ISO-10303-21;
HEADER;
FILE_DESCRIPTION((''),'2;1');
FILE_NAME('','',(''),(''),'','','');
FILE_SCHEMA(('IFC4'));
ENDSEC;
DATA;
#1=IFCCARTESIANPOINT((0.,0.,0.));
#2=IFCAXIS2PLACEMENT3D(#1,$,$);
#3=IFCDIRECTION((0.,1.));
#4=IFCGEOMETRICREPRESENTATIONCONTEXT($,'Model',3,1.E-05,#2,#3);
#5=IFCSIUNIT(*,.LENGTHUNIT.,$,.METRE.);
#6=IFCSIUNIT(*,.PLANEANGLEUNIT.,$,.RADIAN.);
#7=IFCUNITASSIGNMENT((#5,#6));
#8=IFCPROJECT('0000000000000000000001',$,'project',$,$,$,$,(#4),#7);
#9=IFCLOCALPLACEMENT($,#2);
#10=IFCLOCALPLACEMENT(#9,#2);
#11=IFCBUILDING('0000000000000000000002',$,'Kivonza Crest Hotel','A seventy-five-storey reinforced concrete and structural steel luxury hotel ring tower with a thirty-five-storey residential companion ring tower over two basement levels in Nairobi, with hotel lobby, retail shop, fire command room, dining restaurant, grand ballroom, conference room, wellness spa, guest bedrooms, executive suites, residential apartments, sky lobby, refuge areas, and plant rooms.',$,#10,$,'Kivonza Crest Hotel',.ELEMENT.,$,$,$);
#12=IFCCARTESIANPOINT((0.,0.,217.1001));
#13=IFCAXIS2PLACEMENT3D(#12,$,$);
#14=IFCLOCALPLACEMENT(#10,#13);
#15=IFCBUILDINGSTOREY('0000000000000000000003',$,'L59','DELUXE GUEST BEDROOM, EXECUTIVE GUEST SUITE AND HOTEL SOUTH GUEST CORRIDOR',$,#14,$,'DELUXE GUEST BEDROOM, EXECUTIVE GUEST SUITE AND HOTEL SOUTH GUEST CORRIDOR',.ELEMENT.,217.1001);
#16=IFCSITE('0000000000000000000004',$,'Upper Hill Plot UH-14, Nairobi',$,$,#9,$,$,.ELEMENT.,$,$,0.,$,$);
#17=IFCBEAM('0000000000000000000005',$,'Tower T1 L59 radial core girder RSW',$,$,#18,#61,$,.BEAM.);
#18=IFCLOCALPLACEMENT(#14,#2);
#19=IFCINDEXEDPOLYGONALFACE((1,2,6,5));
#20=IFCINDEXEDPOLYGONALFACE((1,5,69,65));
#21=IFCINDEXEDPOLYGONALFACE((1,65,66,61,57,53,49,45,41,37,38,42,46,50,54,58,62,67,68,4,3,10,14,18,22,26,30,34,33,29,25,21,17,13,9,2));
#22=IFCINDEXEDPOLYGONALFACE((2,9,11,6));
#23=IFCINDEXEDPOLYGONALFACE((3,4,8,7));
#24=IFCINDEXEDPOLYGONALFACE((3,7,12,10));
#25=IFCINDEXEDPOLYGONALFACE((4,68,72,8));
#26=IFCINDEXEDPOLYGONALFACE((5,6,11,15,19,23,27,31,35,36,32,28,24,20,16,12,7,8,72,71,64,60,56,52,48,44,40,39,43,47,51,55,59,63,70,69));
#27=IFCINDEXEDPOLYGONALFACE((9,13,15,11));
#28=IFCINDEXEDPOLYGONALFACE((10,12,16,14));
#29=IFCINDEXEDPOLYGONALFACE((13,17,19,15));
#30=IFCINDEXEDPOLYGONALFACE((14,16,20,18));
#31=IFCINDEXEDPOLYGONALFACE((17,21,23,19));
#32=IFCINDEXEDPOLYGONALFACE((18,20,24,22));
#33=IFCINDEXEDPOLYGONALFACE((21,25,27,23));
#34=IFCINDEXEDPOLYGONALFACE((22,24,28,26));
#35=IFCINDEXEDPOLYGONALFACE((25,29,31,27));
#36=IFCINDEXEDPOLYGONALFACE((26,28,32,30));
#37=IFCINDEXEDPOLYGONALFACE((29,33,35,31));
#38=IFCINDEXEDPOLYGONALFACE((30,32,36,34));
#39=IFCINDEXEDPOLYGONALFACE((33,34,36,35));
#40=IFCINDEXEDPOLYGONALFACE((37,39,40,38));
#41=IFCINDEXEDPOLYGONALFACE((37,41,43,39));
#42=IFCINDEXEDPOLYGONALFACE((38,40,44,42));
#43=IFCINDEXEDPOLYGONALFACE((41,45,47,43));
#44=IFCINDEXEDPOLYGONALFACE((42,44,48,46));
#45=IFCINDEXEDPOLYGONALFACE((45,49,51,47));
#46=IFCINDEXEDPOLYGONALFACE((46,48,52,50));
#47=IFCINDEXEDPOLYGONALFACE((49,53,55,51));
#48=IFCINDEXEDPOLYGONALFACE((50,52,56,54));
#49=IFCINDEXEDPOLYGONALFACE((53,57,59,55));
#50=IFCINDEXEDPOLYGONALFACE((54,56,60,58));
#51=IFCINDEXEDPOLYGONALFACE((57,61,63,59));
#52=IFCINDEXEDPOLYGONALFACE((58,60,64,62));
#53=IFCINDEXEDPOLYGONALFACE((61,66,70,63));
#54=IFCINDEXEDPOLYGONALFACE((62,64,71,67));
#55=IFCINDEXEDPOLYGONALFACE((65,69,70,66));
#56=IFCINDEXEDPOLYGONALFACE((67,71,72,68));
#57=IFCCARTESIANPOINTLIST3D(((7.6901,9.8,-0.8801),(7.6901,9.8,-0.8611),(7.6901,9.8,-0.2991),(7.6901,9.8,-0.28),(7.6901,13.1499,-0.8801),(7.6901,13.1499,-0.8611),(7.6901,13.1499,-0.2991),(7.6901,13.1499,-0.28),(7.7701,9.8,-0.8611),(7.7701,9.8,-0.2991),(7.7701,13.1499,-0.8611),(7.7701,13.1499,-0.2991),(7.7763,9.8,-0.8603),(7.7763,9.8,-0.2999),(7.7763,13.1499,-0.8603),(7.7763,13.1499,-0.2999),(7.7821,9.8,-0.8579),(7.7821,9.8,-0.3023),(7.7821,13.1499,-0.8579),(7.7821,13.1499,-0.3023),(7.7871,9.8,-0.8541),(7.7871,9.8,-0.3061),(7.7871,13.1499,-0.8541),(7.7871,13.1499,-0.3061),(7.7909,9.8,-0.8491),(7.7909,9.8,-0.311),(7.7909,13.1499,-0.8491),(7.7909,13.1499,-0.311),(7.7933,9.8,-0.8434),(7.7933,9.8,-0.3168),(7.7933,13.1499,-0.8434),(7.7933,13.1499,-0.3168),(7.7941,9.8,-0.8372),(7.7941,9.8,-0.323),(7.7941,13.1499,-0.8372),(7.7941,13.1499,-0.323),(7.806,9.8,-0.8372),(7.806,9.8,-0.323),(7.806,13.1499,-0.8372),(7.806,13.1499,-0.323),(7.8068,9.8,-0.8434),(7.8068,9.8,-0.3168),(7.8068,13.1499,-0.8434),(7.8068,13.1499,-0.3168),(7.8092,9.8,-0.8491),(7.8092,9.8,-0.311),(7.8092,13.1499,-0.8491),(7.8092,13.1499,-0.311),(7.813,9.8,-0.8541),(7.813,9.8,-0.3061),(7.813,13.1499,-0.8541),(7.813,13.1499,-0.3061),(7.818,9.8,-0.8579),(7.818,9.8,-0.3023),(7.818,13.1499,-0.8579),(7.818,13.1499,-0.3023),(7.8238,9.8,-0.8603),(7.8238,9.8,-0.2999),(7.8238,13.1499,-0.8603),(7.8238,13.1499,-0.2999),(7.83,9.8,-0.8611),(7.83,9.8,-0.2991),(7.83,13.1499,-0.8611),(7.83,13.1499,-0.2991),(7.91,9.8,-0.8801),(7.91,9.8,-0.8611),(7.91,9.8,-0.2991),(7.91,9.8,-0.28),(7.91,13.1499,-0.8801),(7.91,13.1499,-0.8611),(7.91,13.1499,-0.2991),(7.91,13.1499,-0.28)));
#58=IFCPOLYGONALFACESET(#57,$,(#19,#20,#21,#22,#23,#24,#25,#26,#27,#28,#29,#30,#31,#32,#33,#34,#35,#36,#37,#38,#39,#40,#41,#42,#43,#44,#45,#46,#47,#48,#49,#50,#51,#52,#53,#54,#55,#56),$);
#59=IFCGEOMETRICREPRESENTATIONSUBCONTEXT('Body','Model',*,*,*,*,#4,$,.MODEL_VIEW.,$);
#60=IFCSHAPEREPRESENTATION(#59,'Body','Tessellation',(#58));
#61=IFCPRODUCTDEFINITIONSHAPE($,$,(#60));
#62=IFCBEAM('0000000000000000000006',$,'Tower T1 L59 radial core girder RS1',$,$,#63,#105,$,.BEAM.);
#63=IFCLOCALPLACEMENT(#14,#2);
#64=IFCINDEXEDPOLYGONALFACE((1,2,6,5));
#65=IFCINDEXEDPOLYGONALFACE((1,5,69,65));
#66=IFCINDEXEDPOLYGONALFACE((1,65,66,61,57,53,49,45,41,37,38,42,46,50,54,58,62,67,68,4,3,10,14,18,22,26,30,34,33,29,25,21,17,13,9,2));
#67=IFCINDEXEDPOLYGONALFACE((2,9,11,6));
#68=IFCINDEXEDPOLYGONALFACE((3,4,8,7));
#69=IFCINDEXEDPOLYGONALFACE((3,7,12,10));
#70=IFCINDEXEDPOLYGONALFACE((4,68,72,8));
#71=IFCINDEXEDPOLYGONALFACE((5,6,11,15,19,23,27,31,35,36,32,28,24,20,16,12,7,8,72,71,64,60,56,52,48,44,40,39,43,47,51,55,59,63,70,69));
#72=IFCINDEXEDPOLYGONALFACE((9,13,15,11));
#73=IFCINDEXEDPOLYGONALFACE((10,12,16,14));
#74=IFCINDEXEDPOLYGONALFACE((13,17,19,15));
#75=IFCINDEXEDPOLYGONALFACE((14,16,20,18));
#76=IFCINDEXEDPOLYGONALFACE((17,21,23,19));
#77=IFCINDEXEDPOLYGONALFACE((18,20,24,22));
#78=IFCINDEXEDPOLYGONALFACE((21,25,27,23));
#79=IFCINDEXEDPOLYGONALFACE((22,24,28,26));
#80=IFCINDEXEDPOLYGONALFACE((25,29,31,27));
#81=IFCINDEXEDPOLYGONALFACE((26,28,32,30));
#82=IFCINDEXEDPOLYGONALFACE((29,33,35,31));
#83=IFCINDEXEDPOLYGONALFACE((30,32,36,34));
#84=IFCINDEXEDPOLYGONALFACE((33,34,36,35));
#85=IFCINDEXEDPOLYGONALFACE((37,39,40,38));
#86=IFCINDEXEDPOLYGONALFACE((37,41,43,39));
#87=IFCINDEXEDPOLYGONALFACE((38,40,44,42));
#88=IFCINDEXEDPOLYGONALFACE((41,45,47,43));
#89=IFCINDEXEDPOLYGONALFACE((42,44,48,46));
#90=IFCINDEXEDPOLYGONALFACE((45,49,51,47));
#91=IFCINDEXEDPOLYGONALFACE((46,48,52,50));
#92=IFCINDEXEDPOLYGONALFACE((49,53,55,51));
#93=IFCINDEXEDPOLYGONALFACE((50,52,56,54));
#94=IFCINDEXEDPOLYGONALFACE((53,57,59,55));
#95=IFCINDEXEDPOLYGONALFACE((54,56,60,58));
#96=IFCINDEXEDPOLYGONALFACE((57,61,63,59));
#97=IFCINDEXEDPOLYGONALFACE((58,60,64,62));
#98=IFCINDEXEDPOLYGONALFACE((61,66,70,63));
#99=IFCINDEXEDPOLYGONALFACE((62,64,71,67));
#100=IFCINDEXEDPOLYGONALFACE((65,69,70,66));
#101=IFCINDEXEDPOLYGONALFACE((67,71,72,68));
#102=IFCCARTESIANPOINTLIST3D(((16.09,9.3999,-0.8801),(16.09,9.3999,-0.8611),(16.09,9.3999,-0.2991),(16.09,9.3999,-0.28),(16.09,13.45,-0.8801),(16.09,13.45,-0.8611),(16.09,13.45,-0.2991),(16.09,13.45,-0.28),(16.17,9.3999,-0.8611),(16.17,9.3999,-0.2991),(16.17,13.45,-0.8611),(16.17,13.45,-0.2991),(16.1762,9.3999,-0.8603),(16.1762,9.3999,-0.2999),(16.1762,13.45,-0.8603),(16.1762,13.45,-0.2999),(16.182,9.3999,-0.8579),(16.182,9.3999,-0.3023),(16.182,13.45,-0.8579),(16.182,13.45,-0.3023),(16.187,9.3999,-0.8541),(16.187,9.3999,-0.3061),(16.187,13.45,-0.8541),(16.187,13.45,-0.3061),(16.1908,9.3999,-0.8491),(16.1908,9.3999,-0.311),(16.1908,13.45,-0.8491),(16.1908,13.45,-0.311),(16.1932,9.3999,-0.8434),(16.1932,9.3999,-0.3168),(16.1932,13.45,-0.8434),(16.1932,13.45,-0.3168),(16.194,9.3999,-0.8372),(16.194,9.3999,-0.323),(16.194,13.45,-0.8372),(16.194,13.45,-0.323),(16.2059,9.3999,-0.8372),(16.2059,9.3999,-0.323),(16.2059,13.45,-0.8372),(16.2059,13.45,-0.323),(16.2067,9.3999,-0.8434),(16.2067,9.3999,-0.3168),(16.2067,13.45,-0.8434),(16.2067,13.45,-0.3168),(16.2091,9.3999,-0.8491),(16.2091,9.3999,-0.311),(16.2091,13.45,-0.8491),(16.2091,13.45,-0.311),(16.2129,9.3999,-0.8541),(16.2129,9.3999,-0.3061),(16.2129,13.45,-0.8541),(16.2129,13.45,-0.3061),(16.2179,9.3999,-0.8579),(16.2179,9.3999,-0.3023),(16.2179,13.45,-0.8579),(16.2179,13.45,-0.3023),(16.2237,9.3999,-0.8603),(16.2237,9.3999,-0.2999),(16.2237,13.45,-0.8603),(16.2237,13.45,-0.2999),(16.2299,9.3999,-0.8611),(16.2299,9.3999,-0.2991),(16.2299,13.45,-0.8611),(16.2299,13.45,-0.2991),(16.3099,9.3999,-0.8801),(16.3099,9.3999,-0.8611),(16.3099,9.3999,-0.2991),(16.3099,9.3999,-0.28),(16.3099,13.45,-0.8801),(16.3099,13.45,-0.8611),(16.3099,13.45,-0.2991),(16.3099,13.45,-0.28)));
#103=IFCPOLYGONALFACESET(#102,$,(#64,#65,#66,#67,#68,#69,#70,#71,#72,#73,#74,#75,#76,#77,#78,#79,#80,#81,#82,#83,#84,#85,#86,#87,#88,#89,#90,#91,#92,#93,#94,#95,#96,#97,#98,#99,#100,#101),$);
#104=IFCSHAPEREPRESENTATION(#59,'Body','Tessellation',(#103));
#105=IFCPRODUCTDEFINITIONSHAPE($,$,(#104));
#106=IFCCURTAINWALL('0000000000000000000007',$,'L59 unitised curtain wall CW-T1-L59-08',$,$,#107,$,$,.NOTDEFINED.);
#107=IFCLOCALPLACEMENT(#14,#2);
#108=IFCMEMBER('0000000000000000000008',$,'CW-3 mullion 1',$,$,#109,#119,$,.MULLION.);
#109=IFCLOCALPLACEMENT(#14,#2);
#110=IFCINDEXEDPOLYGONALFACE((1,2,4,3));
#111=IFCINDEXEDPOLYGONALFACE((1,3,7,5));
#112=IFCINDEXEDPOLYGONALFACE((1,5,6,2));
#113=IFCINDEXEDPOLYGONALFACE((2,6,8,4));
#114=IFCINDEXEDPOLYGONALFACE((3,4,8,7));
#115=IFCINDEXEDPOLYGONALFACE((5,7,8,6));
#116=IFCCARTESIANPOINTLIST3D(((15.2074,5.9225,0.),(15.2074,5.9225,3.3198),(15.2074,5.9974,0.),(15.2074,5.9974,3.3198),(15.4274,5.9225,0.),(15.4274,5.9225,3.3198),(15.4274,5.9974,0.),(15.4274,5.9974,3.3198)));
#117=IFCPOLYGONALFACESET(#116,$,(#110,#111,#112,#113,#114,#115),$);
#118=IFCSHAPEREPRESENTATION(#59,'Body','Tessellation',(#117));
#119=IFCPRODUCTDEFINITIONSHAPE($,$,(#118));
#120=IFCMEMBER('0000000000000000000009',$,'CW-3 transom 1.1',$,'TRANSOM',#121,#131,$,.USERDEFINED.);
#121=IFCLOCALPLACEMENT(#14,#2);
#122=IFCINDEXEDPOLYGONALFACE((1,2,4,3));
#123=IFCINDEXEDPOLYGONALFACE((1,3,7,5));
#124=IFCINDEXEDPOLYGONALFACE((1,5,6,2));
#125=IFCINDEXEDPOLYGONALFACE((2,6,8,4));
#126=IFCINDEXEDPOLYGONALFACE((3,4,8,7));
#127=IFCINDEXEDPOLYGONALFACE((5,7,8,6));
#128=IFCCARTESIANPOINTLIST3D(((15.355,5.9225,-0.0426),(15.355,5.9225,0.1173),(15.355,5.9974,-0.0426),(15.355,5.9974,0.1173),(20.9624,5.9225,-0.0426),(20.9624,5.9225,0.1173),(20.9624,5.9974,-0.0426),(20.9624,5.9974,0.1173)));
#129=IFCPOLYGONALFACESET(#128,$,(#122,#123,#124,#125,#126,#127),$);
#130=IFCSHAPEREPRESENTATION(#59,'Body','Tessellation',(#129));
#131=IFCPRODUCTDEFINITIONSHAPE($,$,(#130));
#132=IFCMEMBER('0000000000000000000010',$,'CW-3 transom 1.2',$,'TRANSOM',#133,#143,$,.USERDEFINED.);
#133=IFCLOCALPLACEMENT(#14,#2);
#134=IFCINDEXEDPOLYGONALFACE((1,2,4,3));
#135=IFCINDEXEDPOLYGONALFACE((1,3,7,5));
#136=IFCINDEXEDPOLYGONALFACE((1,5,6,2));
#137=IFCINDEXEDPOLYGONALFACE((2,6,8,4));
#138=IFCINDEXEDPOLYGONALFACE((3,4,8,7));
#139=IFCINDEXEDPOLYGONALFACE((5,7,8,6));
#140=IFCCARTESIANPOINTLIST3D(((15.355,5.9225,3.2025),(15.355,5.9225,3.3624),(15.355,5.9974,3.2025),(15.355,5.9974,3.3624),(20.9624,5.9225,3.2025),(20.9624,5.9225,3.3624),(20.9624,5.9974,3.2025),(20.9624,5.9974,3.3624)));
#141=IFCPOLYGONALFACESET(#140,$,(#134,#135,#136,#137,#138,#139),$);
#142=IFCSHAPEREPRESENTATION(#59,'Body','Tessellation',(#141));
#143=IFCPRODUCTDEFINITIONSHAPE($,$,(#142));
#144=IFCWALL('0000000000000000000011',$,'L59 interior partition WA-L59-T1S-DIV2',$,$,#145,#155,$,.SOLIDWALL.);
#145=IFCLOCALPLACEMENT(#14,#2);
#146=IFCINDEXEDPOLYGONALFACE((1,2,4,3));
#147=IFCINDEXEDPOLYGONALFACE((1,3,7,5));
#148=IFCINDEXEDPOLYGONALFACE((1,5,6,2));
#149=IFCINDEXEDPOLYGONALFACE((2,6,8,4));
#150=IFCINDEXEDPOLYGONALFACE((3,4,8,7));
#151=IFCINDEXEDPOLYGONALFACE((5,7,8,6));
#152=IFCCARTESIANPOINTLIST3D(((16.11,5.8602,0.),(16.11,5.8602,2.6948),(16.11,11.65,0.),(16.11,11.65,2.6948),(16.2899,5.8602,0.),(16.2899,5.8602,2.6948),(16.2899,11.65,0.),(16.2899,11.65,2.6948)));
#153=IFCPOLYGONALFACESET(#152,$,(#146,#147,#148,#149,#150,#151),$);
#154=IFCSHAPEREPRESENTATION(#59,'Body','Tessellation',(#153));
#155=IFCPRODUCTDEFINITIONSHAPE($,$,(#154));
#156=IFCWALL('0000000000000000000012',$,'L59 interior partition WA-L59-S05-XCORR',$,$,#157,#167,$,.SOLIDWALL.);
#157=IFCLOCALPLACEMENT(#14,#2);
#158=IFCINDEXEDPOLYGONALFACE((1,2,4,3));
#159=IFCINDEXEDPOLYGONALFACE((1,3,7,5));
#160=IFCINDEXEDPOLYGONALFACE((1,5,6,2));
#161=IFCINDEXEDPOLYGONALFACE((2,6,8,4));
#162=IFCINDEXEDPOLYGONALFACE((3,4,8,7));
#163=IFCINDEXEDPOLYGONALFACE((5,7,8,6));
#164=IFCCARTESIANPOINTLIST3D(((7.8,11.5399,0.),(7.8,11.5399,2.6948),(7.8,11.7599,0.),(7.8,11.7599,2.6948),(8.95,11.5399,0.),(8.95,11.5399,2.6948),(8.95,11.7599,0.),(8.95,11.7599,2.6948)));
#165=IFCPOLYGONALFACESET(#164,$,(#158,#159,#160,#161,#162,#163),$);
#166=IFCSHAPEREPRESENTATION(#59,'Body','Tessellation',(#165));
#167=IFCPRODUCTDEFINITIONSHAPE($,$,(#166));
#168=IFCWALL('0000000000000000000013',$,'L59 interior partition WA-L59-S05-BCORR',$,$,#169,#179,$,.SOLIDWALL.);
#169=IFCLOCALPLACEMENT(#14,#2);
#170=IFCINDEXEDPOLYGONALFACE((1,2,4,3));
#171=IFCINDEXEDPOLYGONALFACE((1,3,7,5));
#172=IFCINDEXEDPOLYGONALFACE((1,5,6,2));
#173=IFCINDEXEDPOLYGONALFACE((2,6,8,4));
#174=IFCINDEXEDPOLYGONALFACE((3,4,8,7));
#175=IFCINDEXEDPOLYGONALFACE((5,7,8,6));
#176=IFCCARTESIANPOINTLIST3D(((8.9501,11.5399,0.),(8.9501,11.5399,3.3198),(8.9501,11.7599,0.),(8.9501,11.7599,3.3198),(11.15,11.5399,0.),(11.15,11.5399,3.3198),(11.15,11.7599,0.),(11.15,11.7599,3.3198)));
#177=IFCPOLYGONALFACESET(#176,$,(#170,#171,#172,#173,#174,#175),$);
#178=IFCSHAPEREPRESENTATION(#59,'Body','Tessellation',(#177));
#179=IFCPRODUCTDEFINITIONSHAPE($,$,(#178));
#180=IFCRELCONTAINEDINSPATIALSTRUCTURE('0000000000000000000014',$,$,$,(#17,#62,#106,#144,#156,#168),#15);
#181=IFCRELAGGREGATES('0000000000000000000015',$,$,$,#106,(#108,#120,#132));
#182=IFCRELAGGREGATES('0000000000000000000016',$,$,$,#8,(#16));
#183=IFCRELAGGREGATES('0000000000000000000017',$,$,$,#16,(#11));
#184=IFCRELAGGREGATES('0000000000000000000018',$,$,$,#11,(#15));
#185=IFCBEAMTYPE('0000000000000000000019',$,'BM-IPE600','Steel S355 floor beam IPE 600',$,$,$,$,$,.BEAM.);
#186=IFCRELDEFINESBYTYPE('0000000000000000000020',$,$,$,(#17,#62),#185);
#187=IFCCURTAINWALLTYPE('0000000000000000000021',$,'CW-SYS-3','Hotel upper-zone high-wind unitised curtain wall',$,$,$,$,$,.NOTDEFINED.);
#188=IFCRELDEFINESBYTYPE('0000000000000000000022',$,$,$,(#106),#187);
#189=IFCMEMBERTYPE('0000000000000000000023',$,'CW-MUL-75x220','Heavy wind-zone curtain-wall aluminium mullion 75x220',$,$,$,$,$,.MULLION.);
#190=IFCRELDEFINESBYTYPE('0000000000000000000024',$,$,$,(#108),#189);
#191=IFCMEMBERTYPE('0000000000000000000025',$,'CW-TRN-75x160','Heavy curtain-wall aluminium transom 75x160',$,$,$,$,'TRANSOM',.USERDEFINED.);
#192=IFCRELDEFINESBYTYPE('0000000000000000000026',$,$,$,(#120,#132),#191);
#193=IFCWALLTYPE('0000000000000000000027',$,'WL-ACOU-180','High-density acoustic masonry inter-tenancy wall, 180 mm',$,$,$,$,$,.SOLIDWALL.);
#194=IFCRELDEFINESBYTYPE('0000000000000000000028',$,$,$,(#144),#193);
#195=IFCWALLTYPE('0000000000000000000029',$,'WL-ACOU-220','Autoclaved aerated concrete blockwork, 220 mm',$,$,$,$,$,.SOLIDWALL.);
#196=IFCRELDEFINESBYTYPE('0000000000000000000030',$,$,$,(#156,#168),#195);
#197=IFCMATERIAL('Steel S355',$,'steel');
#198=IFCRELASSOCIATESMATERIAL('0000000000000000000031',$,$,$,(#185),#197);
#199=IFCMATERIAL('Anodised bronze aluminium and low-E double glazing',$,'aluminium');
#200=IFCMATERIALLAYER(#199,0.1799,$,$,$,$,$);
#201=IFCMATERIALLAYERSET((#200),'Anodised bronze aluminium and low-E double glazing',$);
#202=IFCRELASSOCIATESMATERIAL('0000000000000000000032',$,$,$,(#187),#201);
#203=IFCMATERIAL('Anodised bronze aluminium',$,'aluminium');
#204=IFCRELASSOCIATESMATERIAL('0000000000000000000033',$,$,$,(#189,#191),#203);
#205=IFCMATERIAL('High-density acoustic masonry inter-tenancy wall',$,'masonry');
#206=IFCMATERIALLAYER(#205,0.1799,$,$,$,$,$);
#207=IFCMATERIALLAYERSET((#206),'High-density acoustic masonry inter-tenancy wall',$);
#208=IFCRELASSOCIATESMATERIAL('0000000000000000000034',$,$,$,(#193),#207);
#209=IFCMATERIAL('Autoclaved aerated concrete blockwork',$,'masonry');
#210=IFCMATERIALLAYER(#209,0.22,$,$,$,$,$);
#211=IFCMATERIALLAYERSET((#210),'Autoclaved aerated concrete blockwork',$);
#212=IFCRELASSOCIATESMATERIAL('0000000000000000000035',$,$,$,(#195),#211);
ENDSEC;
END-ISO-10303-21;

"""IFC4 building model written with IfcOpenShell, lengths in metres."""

from ifc_helpers import new_model, si_unit, direction, frame, frame_2d, origin, origin_2d, place, context, subcontext, project, spatial, rectangle, i_section, extrude, material, layer, layer_set, material_profile, profile_set, type_object, element, aggregate, save


model = new_model("IFC4")

# Units and contexts
model_context = context("Model", 3, precision=1e-05, world=origin(), true_north=direction((0.0, 1.0)))
body_context = subcontext(model_context, "Body", "Model", "MODEL_VIEW")
ifc_project = project(units=[si_unit("LENGTHUNIT", "METRE"), si_unit("PLANEANGLEUNIT", "RADIAN")], contexts=[model_context])

# Site, building, storey
site_placement = place(None, origin())
site = spatial("IfcSite", under=ifc_project, at=site_placement, Name="Upper Hill Plot UH-14, Nairobi", CompositionType="ELEMENT", RefElevation=0.0)
building_placement = place(site_placement, origin())
building = spatial("IfcBuilding", under=site, at=building_placement, Name="Kivonza Crest Hotel", Description="A seventy-five-storey reinforced concrete and structural steel luxury hotel ring tower with a thirty-five-storey residential companion ring tower over two basement levels in Nairobi, with hotel lobby, retail shop, fire command room, dining restaurant, grand ballroom, conference room, wellness spa, guest bedrooms, executive suites, residential apartments, sky lobby, refuge areas, and plant rooms.", LongName="Kivonza Crest Hotel", CompositionType="ELEMENT")
storey_placement = place(building_placement, frame((0.0, 0.0, 217.1001)))
storey = spatial("IfcBuildingStorey", under=building, at=storey_placement, Name="L59", Description="DELUXE GUEST BEDROOM, EXECUTIVE GUEST SUITE AND HOTEL SOUTH GUEST CORRIDOR", LongName="DELUXE GUEST BEDROOM, EXECUTIVE GUEST SUITE AND HOTEL SOUTH GUEST CORRIDOR", CompositionType="ELEMENT", Elevation=217.1001)

# Beams
ifc_material_1 = material(Name="Steel S355", Category="steel")
ifc_material_profile_1 = material_profile(ifc_material_1, i_section(OverallWidth=0.22, OverallDepth=0.6001, WebThickness=0.012, FlangeThickness=0.019, FilletRadius=0.0239, at=origin_2d()), Name="IPE 600")
ifc_profile_set_1 = profile_set([ifc_material_profile_1], Name="Steel S355")
beam_type_1 = type_object("IfcBeamType", Name="BM-IPE600", Description="Steel S355 floor beam IPE 600", PredefinedType="BEAM", material=ifc_profile_set_1)
beam_1_placement = place(storey_placement, frame((7.8, 9.8, -0.5801), z_axis=(0.0, 1.0, 0.0), x_axis=(-1.0, 0.0, 0.0)))
element("IfcBeam", 1, at=beam_1_placement, inside=storey, type_object=beam_type_1, Name="Tower T1 L59 radial core girder RSW", PredefinedType="BEAM", context=body_context, shape_type="SweptSolid", body=[
    extrude(i_section(OverallWidth=0.22, OverallDepth=0.6001, WebThickness=0.012, FlangeThickness=0.019, FilletRadius=0.0239, at=origin_2d()), origin(), (0.0, 0.0, 1.0), 3.3499),
])
beam_2_placement = place(storey_placement, frame((16.2, 9.3999, -0.5801), z_axis=(0.0, 1.0, 0.0), x_axis=(-1.0, 0.0, 0.0)))
element("IfcBeam", 2, at=beam_2_placement, inside=storey, type_object=beam_type_1, Name="Tower T1 L59 radial core girder RS1", PredefinedType="BEAM", context=body_context, shape_type="SweptSolid", body=[
    extrude(i_section(OverallWidth=0.22, OverallDepth=0.6001, WebThickness=0.012, FlangeThickness=0.019, FilletRadius=0.0239, at=origin_2d()), origin(), (0.0, 0.0, 1.0), 4.05),
])

# Curtain wall, members
ifc_material_2 = material(Name="Anodised bronze aluminium and low-E double glazing", Category="aluminium")
ifc_layer_1 = layer(ifc_material_2, 0.1799)
ifc_layer_set_1 = layer_set([ifc_layer_1], Name="Anodised bronze aluminium and low-E double glazing")
curtain_wall_type = type_object("IfcCurtainWallType", Name="CW-SYS-3", Description="Hotel upper-zone high-wind unitised curtain wall", PredefinedType="NOTDEFINED", material=ifc_layer_set_1)
curtain_wall_placement = place(storey_placement, origin())
curtain_wall = element("IfcCurtainWall", 3, at=curtain_wall_placement, inside=storey, type_object=curtain_wall_type, Name="L59 unitised curtain wall CW-T1-L59-08", PredefinedType="NOTDEFINED")
ifc_material_3 = material(Name="Anodised bronze aluminium", Category="aluminium")
ifc_material_profile_2 = material_profile(ifc_material_3, rectangle(XDim=0.075, YDim=0.22, at=origin_2d()), Name="CW-M 75x220")
ifc_profile_set_2 = profile_set([ifc_material_profile_2], Name="Anodised bronze aluminium")
member_type_1 = type_object("IfcMemberType", Name="CW-MUL-75x220", Description="Heavy wind-zone curtain-wall aluminium mullion 75x220", PredefinedType="MULLION", material=ifc_profile_set_2)
member_1_placement = place(storey_placement, frame((15.3174, 5.96, 0.0), z_axis=(0.0, 0.0, 1.0), x_axis=(0.0, 1.0, 0.0)))
member_1 = element("IfcMember", 4, at=member_1_placement, type_object=member_type_1, Name="CW-3 mullion 1", PredefinedType="MULLION", context=body_context, shape_type="SweptSolid", body=[
    extrude(rectangle(XDim=0.075, YDim=0.22, at=origin_2d()), origin(), (0.0, 0.0, 1.0), 3.3198),
])
ifc_material_profile_3 = material_profile(ifc_material_3, rectangle(XDim=0.075, YDim=0.1599, at=origin_2d()), Name="CW-T 75x160")
ifc_profile_set_3 = profile_set([ifc_material_profile_3], Name="Anodised bronze aluminium")
member_type_2 = type_object("IfcMemberType", Name="CW-TRN-75x160", Description="Heavy curtain-wall aluminium transom 75x160", ElementType="TRANSOM", PredefinedType="USERDEFINED", material=ifc_profile_set_3)
member_2_placement = place(storey_placement, frame((15.355, 5.96, 0.0374), z_axis=(1.0, 0.0, 0.0), x_axis=(0.0, 1.0, 0.0)))
member_2 = element("IfcMember", 5, at=member_2_placement, type_object=member_type_2, Name="CW-3 transom 1.1", ObjectType="TRANSOM", PredefinedType="USERDEFINED", context=body_context, shape_type="SweptSolid", body=[
    extrude(rectangle(XDim=0.075, YDim=0.1599, at=origin_2d()), origin(), (0.0, 0.0, 1.0), 5.6074),
])
member_3_placement = place(storey_placement, frame((15.355, 5.96, 3.2825), z_axis=(1.0, 0.0, 0.0), x_axis=(0.0, 1.0, 0.0)))
member_3 = element("IfcMember", 6, at=member_3_placement, type_object=member_type_2, Name="CW-3 transom 1.2", ObjectType="TRANSOM", PredefinedType="USERDEFINED", context=body_context, shape_type="SweptSolid", body=[
    extrude(rectangle(XDim=0.075, YDim=0.1599, at=origin_2d()), origin(), (0.0, 0.0, 1.0), 5.6074),
])
aggregate(curtain_wall, [member_1, member_2, member_3])

# Walls
ifc_material_4 = material(Name="High-density acoustic masonry inter-tenancy wall", Category="masonry")
ifc_layer_2 = layer(ifc_material_4, 0.1799)
ifc_layer_set_2 = layer_set([ifc_layer_2], Name="High-density acoustic masonry inter-tenancy wall")
wall_type_1 = type_object("IfcWallType", Name="WL-ACOU-180", Description="High-density acoustic masonry inter-tenancy wall, 180 mm", PredefinedType="SOLIDWALL", material=ifc_layer_set_2)
wall_1_placement = place(storey_placement, frame((16.2, 5.8601, 0.0), z_axis=(0.0, 0.0, 1.0), x_axis=(0.0, 1.0, 0.0)))
element("IfcWall", 7, at=wall_1_placement, inside=storey, type_object=wall_type_1, Name="L59 interior partition WA-L59-T1S-DIV2", PredefinedType="SOLIDWALL", context=body_context, shape_type="SweptSolid", body=[
    extrude(rectangle(XDim=5.7898, YDim=0.1799, at=frame_2d((2.895, 0.0))), origin(), (0.0, 0.0, 1.0), 2.6948),
])
ifc_material_5 = material(Name="Autoclaved aerated concrete blockwork", Category="masonry")
ifc_layer_3 = layer(ifc_material_5, 0.22)
ifc_layer_set_3 = layer_set([ifc_layer_3], Name="Autoclaved aerated concrete blockwork")
wall_type_2 = type_object("IfcWallType", Name="WL-ACOU-220", Description="Autoclaved aerated concrete blockwork, 220 mm", PredefinedType="SOLIDWALL", material=ifc_layer_set_3)
wall_2_placement = place(storey_placement, frame((7.8, 11.6499, 0.0), z_axis=(0.0, 0.0, 1.0), x_axis=(1.0, 0.0, 0.0)))
element("IfcWall", 8, at=wall_2_placement, inside=storey, type_object=wall_type_2, Name="L59 interior partition WA-L59-S05-XCORR", PredefinedType="SOLIDWALL", context=body_context, shape_type="SweptSolid", body=[
    extrude(rectangle(XDim=1.1499, YDim=0.22, at=frame_2d((0.575, 0.0))), origin(), (0.0, 0.0, 1.0), 2.6948),
])
wall_3_placement = place(storey_placement, frame((8.95, 11.6499, 0.0), z_axis=(0.0, 0.0, 1.0), x_axis=(1.0, 0.0, 0.0)))
element("IfcWall", 9, at=wall_3_placement, inside=storey, type_object=wall_type_2, Name="L59 interior partition WA-L59-S05-BCORR", PredefinedType="SOLIDWALL", context=body_context, shape_type="SweptSolid", body=[
    extrude(rectangle(XDim=2.2, YDim=0.22, at=frame_2d((1.1001, 0.0))), origin(), (0.0, 0.0, 1.0), 3.3198),
])

save(model, "model.ifc")
